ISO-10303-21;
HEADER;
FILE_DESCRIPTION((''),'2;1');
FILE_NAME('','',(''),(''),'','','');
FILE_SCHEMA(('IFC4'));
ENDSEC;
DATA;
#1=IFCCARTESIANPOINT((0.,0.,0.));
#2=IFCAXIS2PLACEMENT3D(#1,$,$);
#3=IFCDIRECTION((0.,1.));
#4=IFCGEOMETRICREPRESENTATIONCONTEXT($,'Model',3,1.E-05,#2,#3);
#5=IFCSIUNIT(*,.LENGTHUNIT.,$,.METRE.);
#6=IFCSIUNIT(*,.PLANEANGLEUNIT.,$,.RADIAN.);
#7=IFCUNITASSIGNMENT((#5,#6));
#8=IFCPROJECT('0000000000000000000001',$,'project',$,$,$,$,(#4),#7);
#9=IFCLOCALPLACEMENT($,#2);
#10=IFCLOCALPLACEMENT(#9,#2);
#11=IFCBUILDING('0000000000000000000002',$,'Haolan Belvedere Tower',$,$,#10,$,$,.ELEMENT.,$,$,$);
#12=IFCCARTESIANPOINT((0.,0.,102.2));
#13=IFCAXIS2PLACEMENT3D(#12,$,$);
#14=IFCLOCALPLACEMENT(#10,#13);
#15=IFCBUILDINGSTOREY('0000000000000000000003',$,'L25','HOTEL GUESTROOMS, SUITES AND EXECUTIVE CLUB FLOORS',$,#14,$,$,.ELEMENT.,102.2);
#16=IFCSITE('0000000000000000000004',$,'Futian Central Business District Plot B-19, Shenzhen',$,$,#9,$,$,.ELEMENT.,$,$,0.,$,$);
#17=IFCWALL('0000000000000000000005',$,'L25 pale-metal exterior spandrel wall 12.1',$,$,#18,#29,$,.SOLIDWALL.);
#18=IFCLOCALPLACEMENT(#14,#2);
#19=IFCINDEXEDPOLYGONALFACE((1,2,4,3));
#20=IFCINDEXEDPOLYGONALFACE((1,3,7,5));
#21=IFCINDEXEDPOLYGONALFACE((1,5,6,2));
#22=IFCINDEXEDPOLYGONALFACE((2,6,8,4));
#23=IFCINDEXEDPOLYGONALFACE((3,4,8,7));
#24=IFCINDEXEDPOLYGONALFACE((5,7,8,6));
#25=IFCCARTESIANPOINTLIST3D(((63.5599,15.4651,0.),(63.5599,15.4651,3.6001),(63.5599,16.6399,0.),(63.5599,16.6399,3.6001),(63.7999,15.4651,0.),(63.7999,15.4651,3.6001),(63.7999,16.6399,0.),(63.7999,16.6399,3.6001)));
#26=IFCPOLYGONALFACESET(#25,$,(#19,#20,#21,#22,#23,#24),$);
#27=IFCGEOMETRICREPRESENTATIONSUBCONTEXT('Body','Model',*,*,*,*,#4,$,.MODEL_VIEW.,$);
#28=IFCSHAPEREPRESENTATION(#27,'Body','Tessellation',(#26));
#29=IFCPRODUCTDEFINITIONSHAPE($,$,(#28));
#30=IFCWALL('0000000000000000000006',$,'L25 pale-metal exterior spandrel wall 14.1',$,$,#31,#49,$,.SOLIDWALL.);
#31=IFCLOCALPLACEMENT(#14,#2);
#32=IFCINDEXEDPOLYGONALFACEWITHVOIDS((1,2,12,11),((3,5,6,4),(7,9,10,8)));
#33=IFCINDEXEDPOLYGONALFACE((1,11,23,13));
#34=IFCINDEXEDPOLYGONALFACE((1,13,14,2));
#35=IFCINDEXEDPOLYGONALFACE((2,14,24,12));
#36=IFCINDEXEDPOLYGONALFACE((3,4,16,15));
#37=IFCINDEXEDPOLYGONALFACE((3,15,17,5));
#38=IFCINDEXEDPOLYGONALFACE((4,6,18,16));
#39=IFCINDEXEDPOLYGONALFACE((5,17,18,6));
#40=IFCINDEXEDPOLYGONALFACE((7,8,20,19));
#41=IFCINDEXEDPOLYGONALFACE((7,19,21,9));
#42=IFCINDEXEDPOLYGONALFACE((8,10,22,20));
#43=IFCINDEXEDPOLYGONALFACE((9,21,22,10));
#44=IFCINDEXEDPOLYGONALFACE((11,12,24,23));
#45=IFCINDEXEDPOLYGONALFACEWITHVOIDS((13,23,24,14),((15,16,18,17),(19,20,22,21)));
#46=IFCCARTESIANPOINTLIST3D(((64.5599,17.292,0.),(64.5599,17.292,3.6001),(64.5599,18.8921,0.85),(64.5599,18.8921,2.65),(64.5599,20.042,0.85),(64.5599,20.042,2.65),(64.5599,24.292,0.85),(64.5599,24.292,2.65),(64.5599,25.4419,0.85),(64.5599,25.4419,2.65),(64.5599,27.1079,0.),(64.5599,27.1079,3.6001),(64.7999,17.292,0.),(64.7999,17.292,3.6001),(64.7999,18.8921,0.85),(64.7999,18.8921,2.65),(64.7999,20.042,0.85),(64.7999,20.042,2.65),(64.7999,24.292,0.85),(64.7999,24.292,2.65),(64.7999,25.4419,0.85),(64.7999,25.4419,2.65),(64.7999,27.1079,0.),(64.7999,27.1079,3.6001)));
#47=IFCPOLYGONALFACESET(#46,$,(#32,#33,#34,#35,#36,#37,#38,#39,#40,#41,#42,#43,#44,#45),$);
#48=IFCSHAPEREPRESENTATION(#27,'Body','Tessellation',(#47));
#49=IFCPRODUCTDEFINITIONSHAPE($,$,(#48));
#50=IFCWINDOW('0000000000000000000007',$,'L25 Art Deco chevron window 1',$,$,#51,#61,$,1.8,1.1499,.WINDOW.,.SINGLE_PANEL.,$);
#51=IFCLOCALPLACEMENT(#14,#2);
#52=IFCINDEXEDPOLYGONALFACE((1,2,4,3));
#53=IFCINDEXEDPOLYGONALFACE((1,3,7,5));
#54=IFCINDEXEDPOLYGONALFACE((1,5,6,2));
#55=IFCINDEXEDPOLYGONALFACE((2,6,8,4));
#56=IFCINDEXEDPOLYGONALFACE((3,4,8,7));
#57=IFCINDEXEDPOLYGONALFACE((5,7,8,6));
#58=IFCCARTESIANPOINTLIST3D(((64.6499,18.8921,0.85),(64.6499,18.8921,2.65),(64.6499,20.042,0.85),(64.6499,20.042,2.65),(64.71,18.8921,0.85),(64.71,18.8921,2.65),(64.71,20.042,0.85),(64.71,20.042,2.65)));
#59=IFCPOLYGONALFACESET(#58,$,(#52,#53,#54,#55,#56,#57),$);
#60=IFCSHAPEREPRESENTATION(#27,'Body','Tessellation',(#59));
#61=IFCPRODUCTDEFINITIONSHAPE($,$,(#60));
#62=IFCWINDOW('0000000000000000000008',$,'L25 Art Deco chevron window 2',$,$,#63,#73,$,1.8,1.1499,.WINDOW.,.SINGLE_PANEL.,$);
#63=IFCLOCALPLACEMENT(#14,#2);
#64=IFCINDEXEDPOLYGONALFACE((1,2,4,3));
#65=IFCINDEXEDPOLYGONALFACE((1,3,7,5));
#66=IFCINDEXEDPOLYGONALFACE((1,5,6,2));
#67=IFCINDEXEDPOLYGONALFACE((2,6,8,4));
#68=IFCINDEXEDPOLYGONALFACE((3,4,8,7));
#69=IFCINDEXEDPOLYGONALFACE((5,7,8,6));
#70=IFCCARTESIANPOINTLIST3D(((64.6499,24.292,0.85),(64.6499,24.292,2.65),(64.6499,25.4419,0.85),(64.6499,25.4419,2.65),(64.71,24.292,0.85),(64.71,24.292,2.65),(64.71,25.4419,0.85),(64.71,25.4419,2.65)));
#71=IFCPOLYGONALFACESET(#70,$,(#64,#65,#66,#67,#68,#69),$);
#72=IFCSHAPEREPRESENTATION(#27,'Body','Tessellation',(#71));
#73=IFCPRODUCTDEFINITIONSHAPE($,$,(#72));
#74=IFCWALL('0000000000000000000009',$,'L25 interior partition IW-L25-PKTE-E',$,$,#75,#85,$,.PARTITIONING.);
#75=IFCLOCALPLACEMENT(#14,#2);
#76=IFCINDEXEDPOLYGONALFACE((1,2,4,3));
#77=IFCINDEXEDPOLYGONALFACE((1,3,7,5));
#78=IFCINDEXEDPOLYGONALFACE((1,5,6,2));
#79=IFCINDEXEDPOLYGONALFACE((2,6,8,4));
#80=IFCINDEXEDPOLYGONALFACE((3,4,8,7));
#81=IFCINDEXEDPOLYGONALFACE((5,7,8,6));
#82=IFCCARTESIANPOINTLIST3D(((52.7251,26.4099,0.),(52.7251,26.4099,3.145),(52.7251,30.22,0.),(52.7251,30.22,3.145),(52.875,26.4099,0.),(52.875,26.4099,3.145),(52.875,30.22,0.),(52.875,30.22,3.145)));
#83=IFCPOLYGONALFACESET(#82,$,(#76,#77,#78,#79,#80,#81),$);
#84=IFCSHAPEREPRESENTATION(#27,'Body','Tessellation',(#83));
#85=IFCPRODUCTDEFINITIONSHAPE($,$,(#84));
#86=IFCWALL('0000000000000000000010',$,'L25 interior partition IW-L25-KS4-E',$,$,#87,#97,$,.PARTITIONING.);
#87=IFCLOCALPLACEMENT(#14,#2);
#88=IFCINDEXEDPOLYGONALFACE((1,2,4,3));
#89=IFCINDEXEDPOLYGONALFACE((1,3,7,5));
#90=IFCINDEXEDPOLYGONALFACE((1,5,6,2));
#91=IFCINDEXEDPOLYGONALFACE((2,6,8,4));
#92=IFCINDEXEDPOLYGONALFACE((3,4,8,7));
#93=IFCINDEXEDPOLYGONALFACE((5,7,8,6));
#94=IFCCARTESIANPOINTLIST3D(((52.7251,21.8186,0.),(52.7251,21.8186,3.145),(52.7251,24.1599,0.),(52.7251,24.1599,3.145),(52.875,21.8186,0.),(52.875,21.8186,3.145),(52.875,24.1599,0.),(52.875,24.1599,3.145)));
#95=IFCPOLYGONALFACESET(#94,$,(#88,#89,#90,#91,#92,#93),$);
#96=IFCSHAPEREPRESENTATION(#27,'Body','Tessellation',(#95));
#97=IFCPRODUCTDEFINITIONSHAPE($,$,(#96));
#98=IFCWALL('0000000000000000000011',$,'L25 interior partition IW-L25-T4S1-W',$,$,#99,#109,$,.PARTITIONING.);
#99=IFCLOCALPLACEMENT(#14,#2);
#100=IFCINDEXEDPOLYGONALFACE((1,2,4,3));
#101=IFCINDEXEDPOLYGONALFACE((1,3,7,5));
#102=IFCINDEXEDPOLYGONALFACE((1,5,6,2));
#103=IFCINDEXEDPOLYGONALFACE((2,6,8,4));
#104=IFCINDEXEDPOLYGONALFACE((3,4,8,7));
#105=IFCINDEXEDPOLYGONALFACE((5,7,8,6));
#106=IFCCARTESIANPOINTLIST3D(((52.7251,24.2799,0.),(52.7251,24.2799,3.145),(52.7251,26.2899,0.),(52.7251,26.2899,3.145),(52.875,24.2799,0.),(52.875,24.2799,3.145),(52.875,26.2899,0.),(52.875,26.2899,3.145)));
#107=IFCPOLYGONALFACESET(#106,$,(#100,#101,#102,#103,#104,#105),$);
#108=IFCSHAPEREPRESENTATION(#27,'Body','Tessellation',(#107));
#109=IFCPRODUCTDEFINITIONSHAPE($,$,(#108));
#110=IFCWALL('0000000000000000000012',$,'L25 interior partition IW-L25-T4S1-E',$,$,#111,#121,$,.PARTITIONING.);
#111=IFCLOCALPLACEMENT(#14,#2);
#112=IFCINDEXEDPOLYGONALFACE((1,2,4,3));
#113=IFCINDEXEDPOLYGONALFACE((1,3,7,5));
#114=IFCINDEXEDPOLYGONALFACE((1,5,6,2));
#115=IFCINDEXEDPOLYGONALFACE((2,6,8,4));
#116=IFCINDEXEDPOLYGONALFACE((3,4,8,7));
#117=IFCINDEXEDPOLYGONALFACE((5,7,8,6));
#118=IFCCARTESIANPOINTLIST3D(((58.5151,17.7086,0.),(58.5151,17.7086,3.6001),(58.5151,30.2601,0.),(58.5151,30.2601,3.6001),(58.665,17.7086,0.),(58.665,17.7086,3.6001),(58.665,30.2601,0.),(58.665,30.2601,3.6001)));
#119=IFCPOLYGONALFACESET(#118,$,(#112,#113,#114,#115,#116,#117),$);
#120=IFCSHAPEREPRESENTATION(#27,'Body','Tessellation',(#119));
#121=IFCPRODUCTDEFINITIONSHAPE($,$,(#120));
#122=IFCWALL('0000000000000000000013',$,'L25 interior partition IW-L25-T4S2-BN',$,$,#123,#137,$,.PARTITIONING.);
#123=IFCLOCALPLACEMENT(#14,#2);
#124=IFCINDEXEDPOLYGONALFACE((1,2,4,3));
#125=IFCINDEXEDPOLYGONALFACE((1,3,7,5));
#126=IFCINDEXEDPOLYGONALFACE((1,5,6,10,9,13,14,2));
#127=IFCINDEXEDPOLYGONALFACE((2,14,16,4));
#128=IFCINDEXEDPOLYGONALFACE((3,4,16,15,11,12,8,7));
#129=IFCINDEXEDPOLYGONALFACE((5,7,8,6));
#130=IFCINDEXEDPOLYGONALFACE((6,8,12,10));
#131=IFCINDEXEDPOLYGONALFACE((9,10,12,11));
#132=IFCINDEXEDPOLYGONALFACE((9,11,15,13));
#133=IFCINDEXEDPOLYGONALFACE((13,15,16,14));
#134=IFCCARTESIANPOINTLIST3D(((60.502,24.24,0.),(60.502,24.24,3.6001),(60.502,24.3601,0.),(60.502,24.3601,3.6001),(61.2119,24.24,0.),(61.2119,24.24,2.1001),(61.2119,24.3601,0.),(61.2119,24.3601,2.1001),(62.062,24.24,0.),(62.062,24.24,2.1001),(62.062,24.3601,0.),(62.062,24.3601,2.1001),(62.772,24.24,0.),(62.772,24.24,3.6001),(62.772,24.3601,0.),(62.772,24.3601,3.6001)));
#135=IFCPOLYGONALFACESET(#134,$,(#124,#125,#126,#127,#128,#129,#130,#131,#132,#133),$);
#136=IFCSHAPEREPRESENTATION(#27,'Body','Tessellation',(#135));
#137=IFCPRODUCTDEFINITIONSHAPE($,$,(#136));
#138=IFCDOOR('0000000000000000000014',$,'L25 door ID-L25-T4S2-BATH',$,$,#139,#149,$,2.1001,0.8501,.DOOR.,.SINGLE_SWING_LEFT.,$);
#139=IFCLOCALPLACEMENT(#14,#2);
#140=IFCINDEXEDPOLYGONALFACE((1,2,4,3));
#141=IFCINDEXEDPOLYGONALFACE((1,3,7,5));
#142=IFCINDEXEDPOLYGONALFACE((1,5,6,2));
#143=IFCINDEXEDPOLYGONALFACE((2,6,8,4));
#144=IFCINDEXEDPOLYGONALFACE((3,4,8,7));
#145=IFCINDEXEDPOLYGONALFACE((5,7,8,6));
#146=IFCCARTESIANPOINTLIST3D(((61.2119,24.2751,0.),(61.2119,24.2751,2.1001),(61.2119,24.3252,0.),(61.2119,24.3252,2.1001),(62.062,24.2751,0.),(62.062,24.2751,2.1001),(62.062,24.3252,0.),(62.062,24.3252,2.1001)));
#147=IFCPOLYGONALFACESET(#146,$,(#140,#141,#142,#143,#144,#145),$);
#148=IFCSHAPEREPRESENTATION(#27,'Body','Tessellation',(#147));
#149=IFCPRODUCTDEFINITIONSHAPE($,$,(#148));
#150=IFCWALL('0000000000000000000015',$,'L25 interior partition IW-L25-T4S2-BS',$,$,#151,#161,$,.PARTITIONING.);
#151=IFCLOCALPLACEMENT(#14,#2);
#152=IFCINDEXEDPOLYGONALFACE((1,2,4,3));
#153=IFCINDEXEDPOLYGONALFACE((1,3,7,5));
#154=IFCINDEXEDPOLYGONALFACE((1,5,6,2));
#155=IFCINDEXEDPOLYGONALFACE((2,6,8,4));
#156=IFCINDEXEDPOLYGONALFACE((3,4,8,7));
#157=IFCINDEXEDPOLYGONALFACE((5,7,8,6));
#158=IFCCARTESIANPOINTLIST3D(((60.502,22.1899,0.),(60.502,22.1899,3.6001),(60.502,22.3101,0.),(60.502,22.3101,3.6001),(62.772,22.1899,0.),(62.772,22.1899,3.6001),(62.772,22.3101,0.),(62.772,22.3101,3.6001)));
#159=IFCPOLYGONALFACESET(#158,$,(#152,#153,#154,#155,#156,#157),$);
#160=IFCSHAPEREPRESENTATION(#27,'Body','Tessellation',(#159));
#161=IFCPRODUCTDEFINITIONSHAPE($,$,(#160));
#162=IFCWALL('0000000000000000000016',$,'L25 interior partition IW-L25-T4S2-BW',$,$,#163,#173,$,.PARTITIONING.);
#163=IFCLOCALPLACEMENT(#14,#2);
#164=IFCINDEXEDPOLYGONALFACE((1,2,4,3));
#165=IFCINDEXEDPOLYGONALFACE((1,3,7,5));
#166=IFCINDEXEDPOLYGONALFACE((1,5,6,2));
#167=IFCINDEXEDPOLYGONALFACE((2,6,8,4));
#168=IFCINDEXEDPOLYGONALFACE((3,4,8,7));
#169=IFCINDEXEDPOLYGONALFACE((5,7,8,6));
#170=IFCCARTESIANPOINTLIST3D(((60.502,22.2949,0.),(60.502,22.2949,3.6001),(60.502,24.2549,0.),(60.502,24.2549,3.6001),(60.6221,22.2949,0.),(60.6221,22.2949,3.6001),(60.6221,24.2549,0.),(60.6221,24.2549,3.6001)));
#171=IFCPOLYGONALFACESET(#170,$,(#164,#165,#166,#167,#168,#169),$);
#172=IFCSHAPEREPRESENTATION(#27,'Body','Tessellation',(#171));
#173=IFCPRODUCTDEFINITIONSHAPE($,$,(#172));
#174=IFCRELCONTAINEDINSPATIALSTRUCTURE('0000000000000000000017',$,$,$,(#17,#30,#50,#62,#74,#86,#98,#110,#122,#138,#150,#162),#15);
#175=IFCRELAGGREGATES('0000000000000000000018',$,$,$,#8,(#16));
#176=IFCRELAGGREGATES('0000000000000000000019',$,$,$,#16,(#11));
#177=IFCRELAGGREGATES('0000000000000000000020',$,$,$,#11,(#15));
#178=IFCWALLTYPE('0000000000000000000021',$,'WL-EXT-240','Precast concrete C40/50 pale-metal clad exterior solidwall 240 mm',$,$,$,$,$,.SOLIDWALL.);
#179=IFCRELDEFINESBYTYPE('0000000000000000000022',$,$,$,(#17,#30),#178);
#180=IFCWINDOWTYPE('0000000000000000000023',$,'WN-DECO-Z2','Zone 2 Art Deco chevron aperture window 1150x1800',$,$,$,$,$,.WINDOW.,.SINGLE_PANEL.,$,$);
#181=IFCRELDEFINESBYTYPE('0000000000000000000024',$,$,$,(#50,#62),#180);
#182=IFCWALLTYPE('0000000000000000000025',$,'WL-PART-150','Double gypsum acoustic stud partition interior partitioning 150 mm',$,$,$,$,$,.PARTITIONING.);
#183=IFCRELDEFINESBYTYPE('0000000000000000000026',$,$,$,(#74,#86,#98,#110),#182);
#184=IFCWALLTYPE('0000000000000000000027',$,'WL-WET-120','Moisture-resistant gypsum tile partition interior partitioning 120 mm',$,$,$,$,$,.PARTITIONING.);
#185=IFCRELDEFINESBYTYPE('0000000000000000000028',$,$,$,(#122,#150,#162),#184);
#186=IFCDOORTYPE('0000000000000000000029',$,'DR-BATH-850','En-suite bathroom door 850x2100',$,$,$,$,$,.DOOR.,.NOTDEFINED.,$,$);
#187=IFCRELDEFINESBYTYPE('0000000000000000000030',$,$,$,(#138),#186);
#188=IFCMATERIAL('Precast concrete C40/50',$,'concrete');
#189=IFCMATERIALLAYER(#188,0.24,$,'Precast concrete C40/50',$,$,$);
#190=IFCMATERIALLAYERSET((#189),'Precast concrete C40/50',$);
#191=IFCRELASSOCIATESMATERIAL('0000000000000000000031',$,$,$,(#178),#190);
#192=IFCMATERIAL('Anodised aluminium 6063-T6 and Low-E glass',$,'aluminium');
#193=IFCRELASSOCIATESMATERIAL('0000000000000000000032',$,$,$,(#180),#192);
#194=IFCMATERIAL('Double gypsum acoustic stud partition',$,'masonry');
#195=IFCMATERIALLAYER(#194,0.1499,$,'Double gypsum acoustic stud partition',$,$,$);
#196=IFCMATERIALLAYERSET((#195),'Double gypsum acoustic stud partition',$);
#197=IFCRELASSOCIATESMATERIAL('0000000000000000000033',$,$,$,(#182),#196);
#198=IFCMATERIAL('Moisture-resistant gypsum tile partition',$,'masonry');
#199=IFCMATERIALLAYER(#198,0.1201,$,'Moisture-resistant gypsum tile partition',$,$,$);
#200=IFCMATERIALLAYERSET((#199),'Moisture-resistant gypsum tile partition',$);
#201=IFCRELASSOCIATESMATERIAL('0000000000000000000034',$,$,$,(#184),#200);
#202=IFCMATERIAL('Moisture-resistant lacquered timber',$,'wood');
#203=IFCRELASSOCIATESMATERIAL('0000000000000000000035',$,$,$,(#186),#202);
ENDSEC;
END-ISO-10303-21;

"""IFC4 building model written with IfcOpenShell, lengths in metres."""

from ifc_helpers import new_model, si_unit, direction, frame, frame_2d, origin, place, context, subcontext, project, spatial, rectangle, extrude, material, layer, layer_set, type_object, element, fill, save


model = new_model("IFC4")

# Units and contexts
model_context = context("Model", 3, precision=1e-05, world=origin(), true_north=direction((0.0, 1.0)))
body_context = subcontext(model_context, "Body", "Model", "MODEL_VIEW")
ifc_project = project(units=[si_unit("LENGTHUNIT", "METRE"), si_unit("PLANEANGLEUNIT", "RADIAN")], contexts=[model_context])

# Site, building, storey
site_placement = place(None, origin())
site = spatial("IfcSite", under=ifc_project, at=site_placement, Name="Futian Central Business District Plot B-19, Shenzhen", CompositionType="ELEMENT", RefElevation=0.0)
building_placement = place(site_placement, origin())
building = spatial("IfcBuilding", under=site, at=building_placement, Name="Haolan Belvedere Tower", CompositionType="ELEMENT")
storey_placement = place(building_placement, frame((0.0, 0.0, 102.2)))
storey = spatial("IfcBuildingStorey", under=building, at=storey_placement, Name="L25", Description="HOTEL GUESTROOMS, SUITES AND EXECUTIVE CLUB FLOORS", CompositionType="ELEMENT", Elevation=102.2)

# Shared definitions
ifc_material_1 = material(Name="Precast concrete C40/50", Category="concrete")
ifc_layer_1 = layer(ifc_material_1, 0.24, Name="Precast concrete C40/50")
ifc_layer_set_1 = layer_set([ifc_layer_1], Name="Precast concrete C40/50")
wall_type_1 = type_object("IfcWallType", Name="WL-EXT-240", Description="Precast concrete C40/50 pale-metal clad exterior solidwall 240 mm", PredefinedType="SOLIDWALL", material=ifc_layer_set_1)
ifc_material_2 = material(Name="Anodised aluminium 6063-T6 and Low-E glass", Category="aluminium")
window_type = type_object("IfcWindowType", Name="WN-DECO-Z2", Description="Zone 2 Art Deco chevron aperture window 1150x1800", PartitioningType="SINGLE_PANEL", PredefinedType="WINDOW", material=ifc_material_2)

# Wall
wall_1_placement = place(storey_placement, frame((63.6799, 15.4651, 0.0), z_axis=(0.0, 0.0, 1.0), x_axis=(0.0, 1.0, 0.0)))
element("IfcWall", 1, at=wall_1_placement, inside=storey, type_object=wall_type_1, Name="L25 pale-metal exterior spandrel wall 12.1", PredefinedType="SOLIDWALL", context=body_context, shape_type="SweptSolid", body=[
    extrude(rectangle(XDim=1.1748, YDim=0.24, at=frame_2d((0.5874, 0.0))), origin(), (0.0, 0.0, 1.0), 3.6001),
])

# Wall, openings, windows
wall_2_placement = place(storey_placement, frame((64.6799, 17.292, 0.0), z_axis=(0.0, 0.0, 1.0), x_axis=(0.0, 1.0, 0.0)))
wall_2 = element("IfcWall", 2, at=wall_2_placement, inside=storey, type_object=wall_type_1, Name="L25 pale-metal exterior spandrel wall 14.1", PredefinedType="SOLIDWALL", context=body_context, shape_type="SweptSolid", body=[
    extrude(rectangle(XDim=9.8159, YDim=0.24, at=frame_2d((4.908, 0.0))), origin(), (0.0, 0.0, 1.0), 3.6001),
])
opening_1_placement = place(wall_2_placement, frame((1.6001, 0.0, 0.8501)))
opening_1 = element("IfcOpeningElement", 3, at=opening_1_placement, cuts=wall_2, PredefinedType="OPENING", context=body_context, shape_type="SweptSolid", body=[
    extrude(rectangle(XDim=1.1499, YDim=1.8, at=frame_2d((0.575, 0.8999))), frame((0.0, 0.1299, 0.0), z_axis=(0.0, -1.0, 0.0), x_axis=(1.0, 0.0, 0.0)), (0.0, 0.0, 1.0), 0.26),
])
opening_2_placement = place(wall_2_placement, frame((7.0, 0.0, 0.8501)))
opening_2 = element("IfcOpeningElement", 4, at=opening_2_placement, cuts=wall_2, PredefinedType="OPENING", context=body_context, shape_type="SweptSolid", body=[
    extrude(rectangle(XDim=1.1499, YDim=1.8, at=frame_2d((0.575, 0.8999))), frame((0.0, 0.1299, 0.0), z_axis=(0.0, -1.0, 0.0), x_axis=(1.0, 0.0, 0.0)), (0.0, 0.0, 1.0), 0.26),
])
window_1_placement = place(opening_1_placement, origin())
window_1 = element("IfcWindow", 5, at=window_1_placement, inside=storey, type_object=window_type, Name="L25 Art Deco chevron window 1", OverallHeight=1.8, OverallWidth=1.1499, PartitioningType="SINGLE_PANEL", PredefinedType="WINDOW", context=body_context, shape_type="SweptSolid", body=[
    extrude(rectangle(XDim=1.1499, YDim=1.8, at=frame_2d((0.575, 0.8999))), frame((0.0, 0.03, 0.0), z_axis=(0.0, -1.0, 0.0), x_axis=(1.0, 0.0, 0.0)), (0.0, 0.0, 1.0), 0.0601),
])
fill(opening_1, window_1)
window_2_placement = place(opening_2_placement, origin())
window_2 = element("IfcWindow", 6, at=window_2_placement, inside=storey, type_object=window_type, Name="L25 Art Deco chevron window 2", OverallHeight=1.8, OverallWidth=1.1499, PartitioningType="SINGLE_PANEL", PredefinedType="WINDOW", context=body_context, shape_type="SweptSolid", body=[
    extrude(rectangle(XDim=1.1499, YDim=1.8, at=frame_2d((0.575, 0.8999))), frame((0.0, 0.03, 0.0), z_axis=(0.0, -1.0, 0.0), x_axis=(1.0, 0.0, 0.0)), (0.0, 0.0, 1.0), 0.0601),
])
fill(opening_2, window_2)

# Walls
ifc_material_3 = material(Name="Double gypsum acoustic stud partition", Category="masonry")
ifc_layer_2 = layer(ifc_material_3, 0.1499, Name="Double gypsum acoustic stud partition")
ifc_layer_set_2 = layer_set([ifc_layer_2], Name="Double gypsum acoustic stud partition")
wall_type_2 = type_object("IfcWallType", Name="WL-PART-150", Description="Double gypsum acoustic stud partition interior partitioning 150 mm", PredefinedType="PARTITIONING", material=ifc_layer_set_2)
wall_3_placement = place(storey_placement, frame((52.8, 26.4099, 0.0), z_axis=(0.0, 0.0, 1.0), x_axis=(0.0, 1.0, 0.0)))
element("IfcWall", 7, at=wall_3_placement, inside=storey, type_object=wall_type_2, Name="L25 interior partition IW-L25-PKTE-E", PredefinedType="PARTITIONING", context=body_context, shape_type="SweptSolid", body=[
    extrude(rectangle(XDim=3.8101, YDim=0.1499, at=frame_2d((1.905, 0.0))), origin(), (0.0, 0.0, 1.0), 3.145),
])
wall_4_placement = place(storey_placement, frame((52.8, 21.8186, 0.0), z_axis=(0.0, 0.0, 1.0), x_axis=(0.0, 1.0, 0.0)))
element("IfcWall", 8, at=wall_4_placement, inside=storey, type_object=wall_type_2, Name="L25 interior partition IW-L25-KS4-E", PredefinedType="PARTITIONING", context=body_context, shape_type="SweptSolid", body=[
    extrude(rectangle(XDim=2.3413, YDim=0.1499, at=frame_2d((1.1707, 0.0))), origin(), (0.0, 0.0, 1.0), 3.145),
])
wall_5_placement = place(storey_placement, frame((52.8, 24.28, 0.0), z_axis=(0.0, 0.0, 1.0), x_axis=(0.0, 1.0, 0.0)))
element("IfcWall", 9, at=wall_5_placement, inside=storey, type_object=wall_type_2, Name="L25 interior partition IW-L25-T4S1-W", PredefinedType="PARTITIONING", context=body_context, shape_type="SweptSolid", body=[
    extrude(rectangle(XDim=2.01, YDim=0.1499, at=frame_2d((1.0049, 0.0))), origin(), (0.0, 0.0, 1.0), 3.145),
])
wall_6_placement = place(storey_placement, frame((58.5901, 17.7085, 0.0), z_axis=(0.0, 0.0, 1.0), x_axis=(0.0, 1.0, 0.0)))
element("IfcWall", 10, at=wall_6_placement, inside=storey, type_object=wall_type_2, Name="L25 interior partition IW-L25-T4S1-E", PredefinedType="PARTITIONING", context=body_context, shape_type="SweptSolid", body=[
    extrude(rectangle(XDim=12.5515, YDim=0.1499, at=frame_2d((6.2759, 0.0))), origin(), (0.0, 0.0, 1.0), 3.6001),
])

# Wall, opening, door
ifc_material_4 = material(Name="Moisture-resistant gypsum tile partition", Category="masonry")
ifc_layer_3 = layer(ifc_material_4, 0.1201, Name="Moisture-resistant gypsum tile partition")
ifc_layer_set_3 = layer_set([ifc_layer_3], Name="Moisture-resistant gypsum tile partition")
wall_type_3 = type_object("IfcWallType", Name="WL-WET-120", Description="Moisture-resistant gypsum tile partition interior partitioning 120 mm", PredefinedType="PARTITIONING", material=ifc_layer_set_3)
wall_7_placement = place(storey_placement, frame((60.502, 24.3, 0.0), z_axis=(0.0, 0.0, 1.0), x_axis=(1.0, 0.0, 0.0)))
wall_7 = element("IfcWall", 11, at=wall_7_placement, inside=storey, type_object=wall_type_3, Name="L25 interior partition IW-L25-T4S2-BN", PredefinedType="PARTITIONING", context=body_context, shape_type="SweptSolid", body=[
    extrude(rectangle(XDim=2.27, YDim=0.1201, at=frame_2d((1.135, 0.0))), origin(), (0.0, 0.0, 1.0), 3.6001),
])
opening_3_placement = place(wall_7_placement, frame((1.5601, 0.0, 0.0), z_axis=(0.0, 0.0, 1.0), x_axis=(-1.0, 0.0, 0.0)))
opening_3 = element("IfcOpeningElement", 12, at=opening_3_placement, cuts=wall_7, PredefinedType="OPENING", context=body_context, shape_type="SweptSolid", body=[
    extrude(rectangle(XDim=0.8501, YDim=2.1001, at=frame_2d((0.425, 1.05))), frame((0.0, 0.0701, 0.0), z_axis=(0.0, -1.0, 0.0), x_axis=(1.0, 0.0, 0.0)), (0.0, 0.0, 1.0), 0.1401),
])
ifc_material_5 = material(Name="Moisture-resistant lacquered timber", Category="wood")
door_type = type_object("IfcDoorType", Name="DR-BATH-850", Description="En-suite bathroom door 850x2100", OperationType="NOTDEFINED", PredefinedType="DOOR", material=ifc_material_5)
door_placement = place(opening_3_placement, origin())
door = element("IfcDoor", 13, at=door_placement, inside=storey, type_object=door_type, Name="L25 door ID-L25-T4S2-BATH", OperationType="SINGLE_SWING_LEFT", OverallHeight=2.1001, OverallWidth=0.8501, PredefinedType="DOOR", context=body_context, shape_type="SweptSolid", body=[
    extrude(rectangle(XDim=0.8501, YDim=2.1001, at=frame_2d((0.425, 1.05))), frame((0.0, 0.0249, 0.0), z_axis=(0.0, -1.0, 0.0), x_axis=(1.0, 0.0, 0.0)), (0.0, 0.0, 1.0), 0.05),
])
fill(opening_3, door)

# Walls
wall_8_placement = place(storey_placement, frame((60.502, 22.25, 0.0), z_axis=(0.0, 0.0, 1.0), x_axis=(1.0, 0.0, 0.0)))
element("IfcWall", 14, at=wall_8_placement, inside=storey, type_object=wall_type_3, Name="L25 interior partition IW-L25-T4S2-BS", PredefinedType="PARTITIONING", context=body_context, shape_type="SweptSolid", body=[
    extrude(rectangle(XDim=2.27, YDim=0.1201, at=frame_2d((1.135, 0.0))), origin(), (0.0, 0.0, 1.0), 3.6001),
])
for number, where, z_axis, x_axis, name in (
    (15, (60.562, 22.2949, 0.0), (0.0, 0.0, 1.0), (0.0, 1.0, 0.0), "L25 interior partition IW-L25-T4S2-BW"),
):
    element("IfcWall", number, at=place(storey_placement, frame(where, z_axis=z_axis, x_axis=x_axis)), inside=storey, type_object=wall_type_3, Name=name, PredefinedType="PARTITIONING", context=body_context, shape_type="SweptSolid", body=[
        extrude(rectangle(XDim=1.96, YDim=0.1201, at=frame_2d((0.98, 0.0))), origin(), (0.0, 0.0, 1.0), 3.6001),
    ])

save(model, "model.ifc")
